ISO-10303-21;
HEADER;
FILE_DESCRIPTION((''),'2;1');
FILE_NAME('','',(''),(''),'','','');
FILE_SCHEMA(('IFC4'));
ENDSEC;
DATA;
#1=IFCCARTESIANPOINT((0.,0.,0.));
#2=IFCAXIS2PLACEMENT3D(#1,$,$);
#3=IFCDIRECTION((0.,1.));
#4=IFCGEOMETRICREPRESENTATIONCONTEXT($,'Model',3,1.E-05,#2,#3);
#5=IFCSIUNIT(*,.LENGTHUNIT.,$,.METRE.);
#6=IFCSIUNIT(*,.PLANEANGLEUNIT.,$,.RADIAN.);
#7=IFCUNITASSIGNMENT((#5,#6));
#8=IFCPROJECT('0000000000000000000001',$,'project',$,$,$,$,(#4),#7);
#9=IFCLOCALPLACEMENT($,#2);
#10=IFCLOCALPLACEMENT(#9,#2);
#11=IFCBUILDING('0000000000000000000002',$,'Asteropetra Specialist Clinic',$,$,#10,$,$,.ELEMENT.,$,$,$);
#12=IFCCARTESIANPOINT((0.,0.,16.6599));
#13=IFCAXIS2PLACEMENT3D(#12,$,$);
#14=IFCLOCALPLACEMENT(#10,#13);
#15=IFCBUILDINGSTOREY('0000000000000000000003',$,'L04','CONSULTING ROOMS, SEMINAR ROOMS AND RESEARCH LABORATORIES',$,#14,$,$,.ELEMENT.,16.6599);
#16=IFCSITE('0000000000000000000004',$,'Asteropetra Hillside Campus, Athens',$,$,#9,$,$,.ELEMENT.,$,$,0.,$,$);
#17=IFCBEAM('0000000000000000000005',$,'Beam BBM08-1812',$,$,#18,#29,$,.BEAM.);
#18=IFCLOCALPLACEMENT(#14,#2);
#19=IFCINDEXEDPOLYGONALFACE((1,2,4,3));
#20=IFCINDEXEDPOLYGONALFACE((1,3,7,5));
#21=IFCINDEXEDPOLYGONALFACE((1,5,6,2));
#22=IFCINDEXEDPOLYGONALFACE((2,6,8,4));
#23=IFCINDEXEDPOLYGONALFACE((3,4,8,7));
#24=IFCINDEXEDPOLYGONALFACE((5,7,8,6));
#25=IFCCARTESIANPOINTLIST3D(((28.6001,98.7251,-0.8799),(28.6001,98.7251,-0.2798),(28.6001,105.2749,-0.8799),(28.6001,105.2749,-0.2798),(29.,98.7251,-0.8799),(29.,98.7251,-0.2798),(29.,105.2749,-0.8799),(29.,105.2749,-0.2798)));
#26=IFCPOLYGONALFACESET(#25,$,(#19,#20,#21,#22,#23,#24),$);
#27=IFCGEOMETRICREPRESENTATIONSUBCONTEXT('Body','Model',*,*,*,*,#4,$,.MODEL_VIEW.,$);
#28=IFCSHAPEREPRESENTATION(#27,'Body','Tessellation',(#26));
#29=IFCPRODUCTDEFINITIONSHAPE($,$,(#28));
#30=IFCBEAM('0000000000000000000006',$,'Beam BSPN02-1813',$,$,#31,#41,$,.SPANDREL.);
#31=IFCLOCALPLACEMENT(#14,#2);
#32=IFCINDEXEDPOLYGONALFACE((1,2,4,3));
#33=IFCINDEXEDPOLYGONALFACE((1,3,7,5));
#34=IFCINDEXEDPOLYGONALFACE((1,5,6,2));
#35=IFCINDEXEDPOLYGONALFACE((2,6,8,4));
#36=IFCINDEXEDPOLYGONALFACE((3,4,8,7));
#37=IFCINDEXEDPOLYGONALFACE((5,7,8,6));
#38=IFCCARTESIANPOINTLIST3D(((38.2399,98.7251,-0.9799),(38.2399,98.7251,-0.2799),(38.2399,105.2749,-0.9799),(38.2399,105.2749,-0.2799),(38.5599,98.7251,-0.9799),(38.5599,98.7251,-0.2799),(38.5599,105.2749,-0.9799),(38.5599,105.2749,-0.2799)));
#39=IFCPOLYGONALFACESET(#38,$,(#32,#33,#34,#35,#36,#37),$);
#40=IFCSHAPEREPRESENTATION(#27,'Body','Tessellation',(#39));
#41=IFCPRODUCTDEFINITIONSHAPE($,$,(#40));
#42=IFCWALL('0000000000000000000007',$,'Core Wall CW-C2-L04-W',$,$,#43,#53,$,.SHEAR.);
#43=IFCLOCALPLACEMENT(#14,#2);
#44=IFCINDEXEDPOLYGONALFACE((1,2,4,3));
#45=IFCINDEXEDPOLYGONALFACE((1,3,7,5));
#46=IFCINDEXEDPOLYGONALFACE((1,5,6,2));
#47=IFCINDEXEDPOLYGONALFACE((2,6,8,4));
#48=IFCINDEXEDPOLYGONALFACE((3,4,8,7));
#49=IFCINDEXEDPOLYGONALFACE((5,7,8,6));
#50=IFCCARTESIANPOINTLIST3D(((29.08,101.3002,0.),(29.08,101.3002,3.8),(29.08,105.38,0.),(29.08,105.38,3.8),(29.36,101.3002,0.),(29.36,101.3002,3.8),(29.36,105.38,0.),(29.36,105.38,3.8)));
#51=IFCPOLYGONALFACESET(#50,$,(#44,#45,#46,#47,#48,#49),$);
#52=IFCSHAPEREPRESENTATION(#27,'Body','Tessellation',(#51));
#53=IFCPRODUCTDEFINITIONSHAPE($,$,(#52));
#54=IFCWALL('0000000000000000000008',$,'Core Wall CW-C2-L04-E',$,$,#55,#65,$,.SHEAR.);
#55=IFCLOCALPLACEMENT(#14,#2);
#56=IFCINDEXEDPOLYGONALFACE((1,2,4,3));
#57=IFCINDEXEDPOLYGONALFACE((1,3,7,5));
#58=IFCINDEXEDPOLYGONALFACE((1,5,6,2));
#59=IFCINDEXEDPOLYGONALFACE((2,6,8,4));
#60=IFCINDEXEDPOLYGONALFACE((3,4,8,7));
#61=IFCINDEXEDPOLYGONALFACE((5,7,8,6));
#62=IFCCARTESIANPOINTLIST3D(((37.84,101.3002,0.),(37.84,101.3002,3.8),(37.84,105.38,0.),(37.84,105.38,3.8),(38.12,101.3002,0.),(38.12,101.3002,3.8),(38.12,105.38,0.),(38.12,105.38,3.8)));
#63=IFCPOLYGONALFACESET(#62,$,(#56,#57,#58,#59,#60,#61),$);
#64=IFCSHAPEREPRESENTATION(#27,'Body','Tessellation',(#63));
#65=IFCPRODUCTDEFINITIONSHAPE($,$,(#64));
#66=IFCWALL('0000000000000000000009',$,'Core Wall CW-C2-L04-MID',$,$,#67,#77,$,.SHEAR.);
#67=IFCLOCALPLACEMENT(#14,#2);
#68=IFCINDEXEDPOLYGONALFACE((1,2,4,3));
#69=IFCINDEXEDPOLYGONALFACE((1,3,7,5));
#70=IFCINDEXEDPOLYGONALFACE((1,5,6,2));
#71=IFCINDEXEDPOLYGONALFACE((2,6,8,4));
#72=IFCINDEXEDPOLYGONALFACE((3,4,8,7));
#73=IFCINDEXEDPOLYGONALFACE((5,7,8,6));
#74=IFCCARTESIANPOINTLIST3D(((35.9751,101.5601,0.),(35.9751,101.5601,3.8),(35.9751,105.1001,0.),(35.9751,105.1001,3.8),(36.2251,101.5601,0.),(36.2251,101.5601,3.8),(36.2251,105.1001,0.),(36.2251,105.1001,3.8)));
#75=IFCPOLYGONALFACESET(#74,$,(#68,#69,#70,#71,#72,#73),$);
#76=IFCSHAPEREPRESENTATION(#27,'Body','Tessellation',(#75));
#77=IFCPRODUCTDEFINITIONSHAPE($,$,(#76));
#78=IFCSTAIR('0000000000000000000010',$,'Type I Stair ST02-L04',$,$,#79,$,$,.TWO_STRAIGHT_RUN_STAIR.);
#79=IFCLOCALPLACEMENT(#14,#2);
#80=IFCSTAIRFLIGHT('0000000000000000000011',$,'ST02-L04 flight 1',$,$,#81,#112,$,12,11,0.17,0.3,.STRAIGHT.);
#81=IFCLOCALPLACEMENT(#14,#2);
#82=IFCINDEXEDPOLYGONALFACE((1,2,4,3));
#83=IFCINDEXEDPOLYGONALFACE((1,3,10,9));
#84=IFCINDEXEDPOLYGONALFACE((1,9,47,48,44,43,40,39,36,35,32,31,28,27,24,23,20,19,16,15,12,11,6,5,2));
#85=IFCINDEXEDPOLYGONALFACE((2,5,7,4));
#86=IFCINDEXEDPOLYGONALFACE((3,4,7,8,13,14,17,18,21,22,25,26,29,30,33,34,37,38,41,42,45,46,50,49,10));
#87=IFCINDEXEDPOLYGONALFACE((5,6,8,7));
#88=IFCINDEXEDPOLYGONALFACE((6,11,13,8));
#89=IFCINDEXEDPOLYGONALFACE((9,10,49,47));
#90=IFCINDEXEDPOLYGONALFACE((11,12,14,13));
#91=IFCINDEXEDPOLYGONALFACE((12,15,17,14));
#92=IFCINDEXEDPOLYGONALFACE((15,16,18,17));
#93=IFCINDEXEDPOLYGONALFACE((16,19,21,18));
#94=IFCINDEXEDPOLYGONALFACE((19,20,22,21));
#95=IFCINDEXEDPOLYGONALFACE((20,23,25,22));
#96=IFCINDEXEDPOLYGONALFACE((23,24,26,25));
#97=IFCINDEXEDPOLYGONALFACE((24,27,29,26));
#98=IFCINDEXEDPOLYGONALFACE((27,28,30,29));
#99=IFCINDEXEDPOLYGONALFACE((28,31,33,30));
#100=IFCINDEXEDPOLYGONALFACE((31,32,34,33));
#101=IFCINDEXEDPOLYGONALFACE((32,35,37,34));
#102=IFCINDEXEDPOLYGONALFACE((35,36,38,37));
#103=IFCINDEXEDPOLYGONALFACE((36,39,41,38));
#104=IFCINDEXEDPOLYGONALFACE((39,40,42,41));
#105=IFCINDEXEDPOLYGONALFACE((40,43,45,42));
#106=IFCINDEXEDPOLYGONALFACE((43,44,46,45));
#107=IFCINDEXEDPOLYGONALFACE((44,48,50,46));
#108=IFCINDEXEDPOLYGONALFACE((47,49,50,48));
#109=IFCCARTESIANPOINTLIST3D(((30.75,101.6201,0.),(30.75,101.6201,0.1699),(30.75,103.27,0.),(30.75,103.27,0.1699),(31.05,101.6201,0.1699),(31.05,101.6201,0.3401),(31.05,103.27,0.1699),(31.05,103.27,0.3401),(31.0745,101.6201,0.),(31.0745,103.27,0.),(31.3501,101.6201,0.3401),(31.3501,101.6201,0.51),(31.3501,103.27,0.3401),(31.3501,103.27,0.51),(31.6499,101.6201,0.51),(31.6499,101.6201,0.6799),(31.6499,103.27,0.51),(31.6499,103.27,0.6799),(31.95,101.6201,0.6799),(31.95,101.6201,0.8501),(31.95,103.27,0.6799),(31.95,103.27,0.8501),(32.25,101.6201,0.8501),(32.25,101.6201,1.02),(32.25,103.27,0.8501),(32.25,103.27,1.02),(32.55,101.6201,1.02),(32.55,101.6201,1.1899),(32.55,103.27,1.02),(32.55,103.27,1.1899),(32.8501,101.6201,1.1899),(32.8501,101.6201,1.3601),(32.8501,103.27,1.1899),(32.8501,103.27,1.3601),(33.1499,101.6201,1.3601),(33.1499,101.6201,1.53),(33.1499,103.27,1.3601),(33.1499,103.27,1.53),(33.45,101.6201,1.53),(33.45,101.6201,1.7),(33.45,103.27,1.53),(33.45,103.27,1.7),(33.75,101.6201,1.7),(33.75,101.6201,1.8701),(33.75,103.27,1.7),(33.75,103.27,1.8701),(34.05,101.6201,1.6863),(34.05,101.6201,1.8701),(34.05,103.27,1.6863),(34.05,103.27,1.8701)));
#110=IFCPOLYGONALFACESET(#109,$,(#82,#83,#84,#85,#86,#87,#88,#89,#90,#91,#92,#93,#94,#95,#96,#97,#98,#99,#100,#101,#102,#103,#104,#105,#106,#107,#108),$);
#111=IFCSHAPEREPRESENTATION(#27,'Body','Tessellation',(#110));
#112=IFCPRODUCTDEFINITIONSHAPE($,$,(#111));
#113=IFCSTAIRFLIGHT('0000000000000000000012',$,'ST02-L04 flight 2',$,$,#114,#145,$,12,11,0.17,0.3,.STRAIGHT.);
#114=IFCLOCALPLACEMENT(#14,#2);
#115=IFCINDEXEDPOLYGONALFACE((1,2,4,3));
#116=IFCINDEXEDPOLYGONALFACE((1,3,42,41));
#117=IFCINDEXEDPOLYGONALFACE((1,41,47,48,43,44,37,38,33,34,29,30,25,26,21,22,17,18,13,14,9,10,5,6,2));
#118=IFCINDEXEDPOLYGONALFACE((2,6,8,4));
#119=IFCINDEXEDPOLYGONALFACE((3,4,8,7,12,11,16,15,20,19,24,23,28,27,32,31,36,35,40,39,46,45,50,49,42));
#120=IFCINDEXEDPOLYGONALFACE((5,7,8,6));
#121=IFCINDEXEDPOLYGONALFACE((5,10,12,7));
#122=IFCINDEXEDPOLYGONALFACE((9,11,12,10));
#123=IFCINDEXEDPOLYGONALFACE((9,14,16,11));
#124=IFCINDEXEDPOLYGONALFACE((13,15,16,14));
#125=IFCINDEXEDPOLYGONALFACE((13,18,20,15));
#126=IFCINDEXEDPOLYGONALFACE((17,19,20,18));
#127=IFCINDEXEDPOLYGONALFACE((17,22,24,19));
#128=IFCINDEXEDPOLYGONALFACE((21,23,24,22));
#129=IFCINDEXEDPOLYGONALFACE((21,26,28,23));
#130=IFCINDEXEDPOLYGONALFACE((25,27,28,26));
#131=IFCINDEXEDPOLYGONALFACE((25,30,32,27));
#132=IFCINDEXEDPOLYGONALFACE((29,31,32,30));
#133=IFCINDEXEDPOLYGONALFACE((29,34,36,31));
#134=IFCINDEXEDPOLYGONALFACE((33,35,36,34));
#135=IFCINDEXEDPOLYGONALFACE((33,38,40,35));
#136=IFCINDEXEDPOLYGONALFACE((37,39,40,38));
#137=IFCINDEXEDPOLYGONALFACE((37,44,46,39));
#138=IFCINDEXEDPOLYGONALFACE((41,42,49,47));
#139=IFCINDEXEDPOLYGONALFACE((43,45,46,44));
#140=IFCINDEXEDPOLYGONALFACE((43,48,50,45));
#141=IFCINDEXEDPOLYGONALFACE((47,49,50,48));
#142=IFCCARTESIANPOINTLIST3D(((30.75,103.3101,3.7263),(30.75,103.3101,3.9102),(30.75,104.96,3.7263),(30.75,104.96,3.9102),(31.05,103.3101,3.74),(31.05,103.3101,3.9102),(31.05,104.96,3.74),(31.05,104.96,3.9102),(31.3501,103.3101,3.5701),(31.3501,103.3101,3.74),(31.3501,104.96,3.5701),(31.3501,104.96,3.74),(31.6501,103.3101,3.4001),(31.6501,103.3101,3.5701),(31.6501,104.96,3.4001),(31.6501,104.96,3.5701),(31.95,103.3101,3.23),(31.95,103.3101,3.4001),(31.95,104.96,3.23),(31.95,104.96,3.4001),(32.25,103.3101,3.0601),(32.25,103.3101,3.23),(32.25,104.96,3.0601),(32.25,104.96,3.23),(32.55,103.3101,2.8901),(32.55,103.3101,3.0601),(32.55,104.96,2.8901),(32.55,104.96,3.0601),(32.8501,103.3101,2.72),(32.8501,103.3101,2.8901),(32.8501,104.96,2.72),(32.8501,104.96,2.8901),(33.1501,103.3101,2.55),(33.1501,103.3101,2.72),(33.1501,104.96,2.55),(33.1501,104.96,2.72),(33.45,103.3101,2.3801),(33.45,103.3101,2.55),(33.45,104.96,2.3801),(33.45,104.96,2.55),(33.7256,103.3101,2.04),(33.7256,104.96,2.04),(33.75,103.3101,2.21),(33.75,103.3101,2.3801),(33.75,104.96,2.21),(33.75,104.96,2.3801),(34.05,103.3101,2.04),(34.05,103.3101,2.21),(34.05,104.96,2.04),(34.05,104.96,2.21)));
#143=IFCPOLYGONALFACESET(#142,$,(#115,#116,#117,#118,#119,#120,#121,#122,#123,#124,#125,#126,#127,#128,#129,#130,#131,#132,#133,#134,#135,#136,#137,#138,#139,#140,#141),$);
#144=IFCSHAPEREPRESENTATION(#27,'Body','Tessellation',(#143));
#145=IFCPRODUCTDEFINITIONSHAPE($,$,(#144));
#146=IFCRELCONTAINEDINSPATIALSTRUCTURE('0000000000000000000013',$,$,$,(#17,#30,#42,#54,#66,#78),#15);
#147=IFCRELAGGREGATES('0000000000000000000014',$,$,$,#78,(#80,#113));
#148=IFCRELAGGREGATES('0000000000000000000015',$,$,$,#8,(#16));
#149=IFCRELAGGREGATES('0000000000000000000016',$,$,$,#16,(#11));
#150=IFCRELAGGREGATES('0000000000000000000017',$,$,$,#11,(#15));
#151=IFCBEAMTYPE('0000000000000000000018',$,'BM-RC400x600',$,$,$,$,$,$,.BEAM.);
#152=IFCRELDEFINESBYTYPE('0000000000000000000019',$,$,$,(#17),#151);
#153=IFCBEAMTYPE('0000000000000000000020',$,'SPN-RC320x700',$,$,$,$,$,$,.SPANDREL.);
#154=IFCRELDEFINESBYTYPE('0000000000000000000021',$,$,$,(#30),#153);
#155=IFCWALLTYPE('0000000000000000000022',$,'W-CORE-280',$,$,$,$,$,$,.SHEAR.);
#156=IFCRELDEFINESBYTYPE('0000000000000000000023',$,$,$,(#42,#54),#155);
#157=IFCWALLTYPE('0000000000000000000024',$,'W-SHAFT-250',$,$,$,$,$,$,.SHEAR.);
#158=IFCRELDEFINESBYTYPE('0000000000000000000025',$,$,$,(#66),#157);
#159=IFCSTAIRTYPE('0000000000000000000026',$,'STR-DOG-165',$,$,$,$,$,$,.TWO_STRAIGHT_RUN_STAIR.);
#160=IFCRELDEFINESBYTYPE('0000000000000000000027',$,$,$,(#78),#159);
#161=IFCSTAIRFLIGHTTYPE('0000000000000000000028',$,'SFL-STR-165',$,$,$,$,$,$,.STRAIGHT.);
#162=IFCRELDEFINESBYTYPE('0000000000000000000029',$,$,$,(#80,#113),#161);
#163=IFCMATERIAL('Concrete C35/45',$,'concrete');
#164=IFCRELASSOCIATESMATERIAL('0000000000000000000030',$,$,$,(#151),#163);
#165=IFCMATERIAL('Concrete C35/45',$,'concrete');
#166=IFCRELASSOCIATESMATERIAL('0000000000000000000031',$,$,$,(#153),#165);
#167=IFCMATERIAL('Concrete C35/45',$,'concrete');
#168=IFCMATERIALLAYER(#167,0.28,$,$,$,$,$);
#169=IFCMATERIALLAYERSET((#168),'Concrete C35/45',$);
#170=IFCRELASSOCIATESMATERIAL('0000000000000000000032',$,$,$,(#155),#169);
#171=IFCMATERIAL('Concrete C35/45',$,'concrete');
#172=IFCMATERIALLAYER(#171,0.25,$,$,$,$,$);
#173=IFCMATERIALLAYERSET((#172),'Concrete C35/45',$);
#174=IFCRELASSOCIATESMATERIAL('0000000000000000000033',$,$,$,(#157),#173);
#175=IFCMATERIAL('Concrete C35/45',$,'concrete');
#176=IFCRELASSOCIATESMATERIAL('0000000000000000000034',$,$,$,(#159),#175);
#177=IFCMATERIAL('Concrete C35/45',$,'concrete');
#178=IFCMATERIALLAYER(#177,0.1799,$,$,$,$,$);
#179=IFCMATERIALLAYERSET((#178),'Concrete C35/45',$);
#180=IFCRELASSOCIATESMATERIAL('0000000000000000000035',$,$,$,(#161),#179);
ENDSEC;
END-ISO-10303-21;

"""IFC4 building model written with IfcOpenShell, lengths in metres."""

from ifc_helpers import new_model, si_unit, direction, frame, frame_2d, origin, origin_2d, place, context, subcontext, project, spatial, polyline, rectangle, outline, extrude, material, layer, layer_set, material_profile, profile_set, type_object, element, aggregate, save


model = new_model("IFC4")

# Units and contexts
model_context = context("Model", 3, precision=1e-05, world=origin(), true_north=direction((0.0, 1.0)))
body_context = subcontext(model_context, "Body", "Model", "MODEL_VIEW")
ifc_project = project(units=[si_unit("LENGTHUNIT", "METRE"), si_unit("PLANEANGLEUNIT", "RADIAN")], contexts=[model_context])

# Site, building, storey
site_placement = place(None, origin())
site = spatial("IfcSite", under=ifc_project, at=site_placement, Name="Asteropetra Hillside Campus, Athens", CompositionType="ELEMENT", RefElevation=0.0)
building_placement = place(site_placement, origin())
building = spatial("IfcBuilding", under=site, at=building_placement, Name="Asteropetra Specialist Clinic", CompositionType="ELEMENT")
storey_placement = place(building_placement, frame((0.0, 0.0, 16.6599)))
storey = spatial("IfcBuildingStorey", under=building, at=storey_placement, Name="L04", Description="CONSULTING ROOMS, SEMINAR ROOMS AND RESEARCH LABORATORIES", CompositionType="ELEMENT", Elevation=16.6599)

# Beams
ifc_material_1 = material(Name="Concrete C35/45", Category="concrete")
ifc_material_profile_1 = material_profile(ifc_material_1, rectangle(XDim=0.3999, YDim=0.6001, at=origin_2d()), Name="RCB 400x600")
ifc_profile_set_1 = profile_set([ifc_material_profile_1], Name="Concrete C35/45")
beam_type_1 = type_object("IfcBeamType", Name="BM-RC400x600", PredefinedType="BEAM", material=ifc_profile_set_1)
beam_1_placement = place(storey_placement, frame((28.8, 98.7251, -0.5798), z_axis=(0.0, 1.0, 0.0), x_axis=(-1.0, 0.0, 0.0)))
element("IfcBeam", 1, at=beam_1_placement, inside=storey, type_object=beam_type_1, Name="Beam BBM08-1812", PredefinedType="BEAM", context=body_context, shape_type="SweptSolid", body=[
    extrude(rectangle(XDim=0.3999, YDim=0.6001, at=origin_2d()), origin(), (0.0, 0.0, 1.0), 6.5498),
])
ifc_material_2 = material(Name="Concrete C35/45", Category="concrete")
ifc_material_profile_2 = material_profile(ifc_material_2, rectangle(XDim=0.3201, YDim=0.7, at=origin_2d()), Name="RCS 320x700")
ifc_profile_set_2 = profile_set([ifc_material_profile_2], Name="Concrete C35/45")
beam_type_2 = type_object("IfcBeamType", Name="SPN-RC320x700", PredefinedType="SPANDREL", material=ifc_profile_set_2)
beam_2_placement = place(storey_placement, frame((38.3999, 98.7251, -0.6299), z_axis=(0.0, 1.0, 0.0), x_axis=(-1.0, 0.0, 0.0)))
element("IfcBeam", 2, at=beam_2_placement, inside=storey, type_object=beam_type_2, Name="Beam BSPN02-1813", PredefinedType="SPANDREL", context=body_context, shape_type="SweptSolid", body=[
    extrude(rectangle(XDim=0.3201, YDim=0.7, at=origin_2d()), origin(), (0.0, 0.0, 1.0), 6.5498),
])

# Walls
ifc_material_3 = material(Name="Concrete C35/45", Category="concrete")
ifc_layer_1 = layer(ifc_material_3, 0.28)
ifc_layer_set_1 = layer_set([ifc_layer_1], Name="Concrete C35/45")
wall_type_1 = type_object("IfcWallType", Name="W-CORE-280", PredefinedType="SHEAR", material=ifc_layer_set_1)
for number, where, z_axis, x_axis, name in (
    (3, (29.22, 101.3, 0.0), (0.0, 0.0, 1.0), (0.0, 1.0, 0.0), "Core Wall CW-C2-L04-W"),
    (4, (37.98, 101.3, 0.0), (0.0, 0.0, 1.0), (0.0, 1.0, 0.0), "Core Wall CW-C2-L04-E"),
):
    element("IfcWall", number, at=place(storey_placement, frame(where, z_axis=z_axis, x_axis=x_axis)), inside=storey, type_object=wall_type_1, Name=name, PredefinedType="SHEAR", context=body_context, shape_type="SweptSolid", body=[
        extrude(rectangle(XDim=4.0798, YDim=0.28, at=frame_2d((2.04, 0.0))), origin(), (0.0, 0.0, 1.0), 3.8),
    ])
ifc_material_4 = material(Name="Concrete C35/45", Category="concrete")
ifc_layer_2 = layer(ifc_material_4, 0.25)
ifc_layer_set_2 = layer_set([ifc_layer_2], Name="Concrete C35/45")
wall_type_2 = type_object("IfcWallType", Name="W-SHAFT-250", PredefinedType="SHEAR", material=ifc_layer_set_2)
wall_1_placement = place(storey_placement, frame((36.1001, 101.5601, 0.0), z_axis=(0.0, 0.0, 1.0), x_axis=(0.0, 1.0, 0.0)))
element("IfcWall", 5, at=wall_1_placement, inside=storey, type_object=wall_type_2, Name="Core Wall CW-C2-L04-MID", PredefinedType="SHEAR", context=body_context, shape_type="SweptSolid", body=[
    extrude(rectangle(XDim=3.54, YDim=0.25, at=frame_2d((1.77, 0.0))), origin(), (0.0, 0.0, 1.0), 3.8),
])

# Stair, stair flights
ifc_material_5 = material(Name="Concrete C35/45", Category="concrete")
stair_type = type_object("IfcStairType", Name="STR-DOG-165", PredefinedType="TWO_STRAIGHT_RUN_STAIR", material=ifc_material_5)
stair_placement = place(storey_placement, origin())
stair = element("IfcStair", 6, at=stair_placement, inside=storey, type_object=stair_type, Name="Type I Stair ST02-L04", PredefinedType="TWO_STRAIGHT_RUN_STAIR")
ifc_material_6 = material(Name="Concrete C35/45", Category="concrete")
ifc_layer_3 = layer(ifc_material_6, 0.1799)
ifc_layer_set_3 = layer_set([ifc_layer_3], Name="Concrete C35/45")
stair_flight_type = type_object("IfcStairFlightType", Name="SFL-STR-165", PredefinedType="STRAIGHT", material=ifc_layer_set_3)
stair_flight_1_placement = place(storey_placement, frame((30.75, 102.4451, 0.0), z_axis=(0.0, 0.0, 1.0), x_axis=(1.0, 0.0, 0.0)))
stair_flight_1 = element("IfcStairFlight", 7, at=stair_flight_1_placement, type_object=stair_flight_type, Name="ST02-L04 flight 1", NumberOfRisers=12, NumberOfTreads=11, PredefinedType="STRAIGHT", RiserHeight=0.17, TreadLength=0.3, context=body_context, shape_type="SweptSolid", body=[
    extrude(outline(polyline([(0.0, 0.0), (0.0, 0.1699), (0.3, 0.1699), (0.3, 0.3401), (0.6001, 0.3401), (0.6001, 0.51), (0.8999, 0.51), (0.8999, 0.6799), (1.2, 0.6799), (1.2, 0.8501), (1.5, 0.8501), (1.5, 1.02), (1.8, 1.02), (1.8, 1.1899), (2.1001, 1.1899), (2.1001, 1.3601), (2.3999, 1.3601), (2.3999, 1.53), (2.7, 1.53), (2.7, 1.7), (3.0, 1.7), (3.0, 1.8701), (3.3, 1.8701), (3.3, 2.04), (3.3, 1.6863), (0.3245, 0.0), (0.0, 0.0)])), frame((0.0, 0.825, 0.0), z_axis=(0.0, -1.0, 0.0), x_axis=(1.0, 0.0, 0.0)), (0.0, 0.0, 1.0), 1.6499),
])
stair_flight_2_placement = place(storey_placement, frame((34.05, 104.135, 2.04), z_axis=(0.0, 0.0, 1.0), x_axis=(-1.0, 0.0, 0.0)))
stair_flight_2 = element("IfcStairFlight", 8, at=stair_flight_2_placement, type_object=stair_flight_type, Name="ST02-L04 flight 2", NumberOfRisers=12, NumberOfTreads=11, PredefinedType="STRAIGHT", RiserHeight=0.17, TreadLength=0.3, context=body_context, shape_type="SweptSolid", body=[
    extrude(outline(polyline([(0.0, 0.0), (0.0, 0.1699), (0.3, 0.1699), (0.3, 0.3401), (0.6001, 0.3401), (0.6001, 0.51), (0.8999, 0.51), (0.8999, 0.6799), (1.2, 0.6799), (1.2, 0.8501), (1.5, 0.8501), (1.5, 1.02), (1.8, 1.02), (1.8, 1.1899), (2.1001, 1.1899), (2.1001, 1.3601), (2.3999, 1.3601), (2.3999, 1.53), (2.7, 1.53), (2.7, 1.7), (3.0, 1.7), (3.0, 1.8701), (3.3, 1.8701), (3.3, 2.04), (3.3, 1.6863), (0.3245, 0.0), (0.0, 0.0)])), frame((0.0, 0.825, 0.0), z_axis=(0.0, -1.0, 0.0), x_axis=(1.0, 0.0, 0.0)), (0.0, 0.0, 1.0), 1.6499),
])
aggregate(stair, [stair_flight_1, stair_flight_2])

save(model, "model.ifc")
